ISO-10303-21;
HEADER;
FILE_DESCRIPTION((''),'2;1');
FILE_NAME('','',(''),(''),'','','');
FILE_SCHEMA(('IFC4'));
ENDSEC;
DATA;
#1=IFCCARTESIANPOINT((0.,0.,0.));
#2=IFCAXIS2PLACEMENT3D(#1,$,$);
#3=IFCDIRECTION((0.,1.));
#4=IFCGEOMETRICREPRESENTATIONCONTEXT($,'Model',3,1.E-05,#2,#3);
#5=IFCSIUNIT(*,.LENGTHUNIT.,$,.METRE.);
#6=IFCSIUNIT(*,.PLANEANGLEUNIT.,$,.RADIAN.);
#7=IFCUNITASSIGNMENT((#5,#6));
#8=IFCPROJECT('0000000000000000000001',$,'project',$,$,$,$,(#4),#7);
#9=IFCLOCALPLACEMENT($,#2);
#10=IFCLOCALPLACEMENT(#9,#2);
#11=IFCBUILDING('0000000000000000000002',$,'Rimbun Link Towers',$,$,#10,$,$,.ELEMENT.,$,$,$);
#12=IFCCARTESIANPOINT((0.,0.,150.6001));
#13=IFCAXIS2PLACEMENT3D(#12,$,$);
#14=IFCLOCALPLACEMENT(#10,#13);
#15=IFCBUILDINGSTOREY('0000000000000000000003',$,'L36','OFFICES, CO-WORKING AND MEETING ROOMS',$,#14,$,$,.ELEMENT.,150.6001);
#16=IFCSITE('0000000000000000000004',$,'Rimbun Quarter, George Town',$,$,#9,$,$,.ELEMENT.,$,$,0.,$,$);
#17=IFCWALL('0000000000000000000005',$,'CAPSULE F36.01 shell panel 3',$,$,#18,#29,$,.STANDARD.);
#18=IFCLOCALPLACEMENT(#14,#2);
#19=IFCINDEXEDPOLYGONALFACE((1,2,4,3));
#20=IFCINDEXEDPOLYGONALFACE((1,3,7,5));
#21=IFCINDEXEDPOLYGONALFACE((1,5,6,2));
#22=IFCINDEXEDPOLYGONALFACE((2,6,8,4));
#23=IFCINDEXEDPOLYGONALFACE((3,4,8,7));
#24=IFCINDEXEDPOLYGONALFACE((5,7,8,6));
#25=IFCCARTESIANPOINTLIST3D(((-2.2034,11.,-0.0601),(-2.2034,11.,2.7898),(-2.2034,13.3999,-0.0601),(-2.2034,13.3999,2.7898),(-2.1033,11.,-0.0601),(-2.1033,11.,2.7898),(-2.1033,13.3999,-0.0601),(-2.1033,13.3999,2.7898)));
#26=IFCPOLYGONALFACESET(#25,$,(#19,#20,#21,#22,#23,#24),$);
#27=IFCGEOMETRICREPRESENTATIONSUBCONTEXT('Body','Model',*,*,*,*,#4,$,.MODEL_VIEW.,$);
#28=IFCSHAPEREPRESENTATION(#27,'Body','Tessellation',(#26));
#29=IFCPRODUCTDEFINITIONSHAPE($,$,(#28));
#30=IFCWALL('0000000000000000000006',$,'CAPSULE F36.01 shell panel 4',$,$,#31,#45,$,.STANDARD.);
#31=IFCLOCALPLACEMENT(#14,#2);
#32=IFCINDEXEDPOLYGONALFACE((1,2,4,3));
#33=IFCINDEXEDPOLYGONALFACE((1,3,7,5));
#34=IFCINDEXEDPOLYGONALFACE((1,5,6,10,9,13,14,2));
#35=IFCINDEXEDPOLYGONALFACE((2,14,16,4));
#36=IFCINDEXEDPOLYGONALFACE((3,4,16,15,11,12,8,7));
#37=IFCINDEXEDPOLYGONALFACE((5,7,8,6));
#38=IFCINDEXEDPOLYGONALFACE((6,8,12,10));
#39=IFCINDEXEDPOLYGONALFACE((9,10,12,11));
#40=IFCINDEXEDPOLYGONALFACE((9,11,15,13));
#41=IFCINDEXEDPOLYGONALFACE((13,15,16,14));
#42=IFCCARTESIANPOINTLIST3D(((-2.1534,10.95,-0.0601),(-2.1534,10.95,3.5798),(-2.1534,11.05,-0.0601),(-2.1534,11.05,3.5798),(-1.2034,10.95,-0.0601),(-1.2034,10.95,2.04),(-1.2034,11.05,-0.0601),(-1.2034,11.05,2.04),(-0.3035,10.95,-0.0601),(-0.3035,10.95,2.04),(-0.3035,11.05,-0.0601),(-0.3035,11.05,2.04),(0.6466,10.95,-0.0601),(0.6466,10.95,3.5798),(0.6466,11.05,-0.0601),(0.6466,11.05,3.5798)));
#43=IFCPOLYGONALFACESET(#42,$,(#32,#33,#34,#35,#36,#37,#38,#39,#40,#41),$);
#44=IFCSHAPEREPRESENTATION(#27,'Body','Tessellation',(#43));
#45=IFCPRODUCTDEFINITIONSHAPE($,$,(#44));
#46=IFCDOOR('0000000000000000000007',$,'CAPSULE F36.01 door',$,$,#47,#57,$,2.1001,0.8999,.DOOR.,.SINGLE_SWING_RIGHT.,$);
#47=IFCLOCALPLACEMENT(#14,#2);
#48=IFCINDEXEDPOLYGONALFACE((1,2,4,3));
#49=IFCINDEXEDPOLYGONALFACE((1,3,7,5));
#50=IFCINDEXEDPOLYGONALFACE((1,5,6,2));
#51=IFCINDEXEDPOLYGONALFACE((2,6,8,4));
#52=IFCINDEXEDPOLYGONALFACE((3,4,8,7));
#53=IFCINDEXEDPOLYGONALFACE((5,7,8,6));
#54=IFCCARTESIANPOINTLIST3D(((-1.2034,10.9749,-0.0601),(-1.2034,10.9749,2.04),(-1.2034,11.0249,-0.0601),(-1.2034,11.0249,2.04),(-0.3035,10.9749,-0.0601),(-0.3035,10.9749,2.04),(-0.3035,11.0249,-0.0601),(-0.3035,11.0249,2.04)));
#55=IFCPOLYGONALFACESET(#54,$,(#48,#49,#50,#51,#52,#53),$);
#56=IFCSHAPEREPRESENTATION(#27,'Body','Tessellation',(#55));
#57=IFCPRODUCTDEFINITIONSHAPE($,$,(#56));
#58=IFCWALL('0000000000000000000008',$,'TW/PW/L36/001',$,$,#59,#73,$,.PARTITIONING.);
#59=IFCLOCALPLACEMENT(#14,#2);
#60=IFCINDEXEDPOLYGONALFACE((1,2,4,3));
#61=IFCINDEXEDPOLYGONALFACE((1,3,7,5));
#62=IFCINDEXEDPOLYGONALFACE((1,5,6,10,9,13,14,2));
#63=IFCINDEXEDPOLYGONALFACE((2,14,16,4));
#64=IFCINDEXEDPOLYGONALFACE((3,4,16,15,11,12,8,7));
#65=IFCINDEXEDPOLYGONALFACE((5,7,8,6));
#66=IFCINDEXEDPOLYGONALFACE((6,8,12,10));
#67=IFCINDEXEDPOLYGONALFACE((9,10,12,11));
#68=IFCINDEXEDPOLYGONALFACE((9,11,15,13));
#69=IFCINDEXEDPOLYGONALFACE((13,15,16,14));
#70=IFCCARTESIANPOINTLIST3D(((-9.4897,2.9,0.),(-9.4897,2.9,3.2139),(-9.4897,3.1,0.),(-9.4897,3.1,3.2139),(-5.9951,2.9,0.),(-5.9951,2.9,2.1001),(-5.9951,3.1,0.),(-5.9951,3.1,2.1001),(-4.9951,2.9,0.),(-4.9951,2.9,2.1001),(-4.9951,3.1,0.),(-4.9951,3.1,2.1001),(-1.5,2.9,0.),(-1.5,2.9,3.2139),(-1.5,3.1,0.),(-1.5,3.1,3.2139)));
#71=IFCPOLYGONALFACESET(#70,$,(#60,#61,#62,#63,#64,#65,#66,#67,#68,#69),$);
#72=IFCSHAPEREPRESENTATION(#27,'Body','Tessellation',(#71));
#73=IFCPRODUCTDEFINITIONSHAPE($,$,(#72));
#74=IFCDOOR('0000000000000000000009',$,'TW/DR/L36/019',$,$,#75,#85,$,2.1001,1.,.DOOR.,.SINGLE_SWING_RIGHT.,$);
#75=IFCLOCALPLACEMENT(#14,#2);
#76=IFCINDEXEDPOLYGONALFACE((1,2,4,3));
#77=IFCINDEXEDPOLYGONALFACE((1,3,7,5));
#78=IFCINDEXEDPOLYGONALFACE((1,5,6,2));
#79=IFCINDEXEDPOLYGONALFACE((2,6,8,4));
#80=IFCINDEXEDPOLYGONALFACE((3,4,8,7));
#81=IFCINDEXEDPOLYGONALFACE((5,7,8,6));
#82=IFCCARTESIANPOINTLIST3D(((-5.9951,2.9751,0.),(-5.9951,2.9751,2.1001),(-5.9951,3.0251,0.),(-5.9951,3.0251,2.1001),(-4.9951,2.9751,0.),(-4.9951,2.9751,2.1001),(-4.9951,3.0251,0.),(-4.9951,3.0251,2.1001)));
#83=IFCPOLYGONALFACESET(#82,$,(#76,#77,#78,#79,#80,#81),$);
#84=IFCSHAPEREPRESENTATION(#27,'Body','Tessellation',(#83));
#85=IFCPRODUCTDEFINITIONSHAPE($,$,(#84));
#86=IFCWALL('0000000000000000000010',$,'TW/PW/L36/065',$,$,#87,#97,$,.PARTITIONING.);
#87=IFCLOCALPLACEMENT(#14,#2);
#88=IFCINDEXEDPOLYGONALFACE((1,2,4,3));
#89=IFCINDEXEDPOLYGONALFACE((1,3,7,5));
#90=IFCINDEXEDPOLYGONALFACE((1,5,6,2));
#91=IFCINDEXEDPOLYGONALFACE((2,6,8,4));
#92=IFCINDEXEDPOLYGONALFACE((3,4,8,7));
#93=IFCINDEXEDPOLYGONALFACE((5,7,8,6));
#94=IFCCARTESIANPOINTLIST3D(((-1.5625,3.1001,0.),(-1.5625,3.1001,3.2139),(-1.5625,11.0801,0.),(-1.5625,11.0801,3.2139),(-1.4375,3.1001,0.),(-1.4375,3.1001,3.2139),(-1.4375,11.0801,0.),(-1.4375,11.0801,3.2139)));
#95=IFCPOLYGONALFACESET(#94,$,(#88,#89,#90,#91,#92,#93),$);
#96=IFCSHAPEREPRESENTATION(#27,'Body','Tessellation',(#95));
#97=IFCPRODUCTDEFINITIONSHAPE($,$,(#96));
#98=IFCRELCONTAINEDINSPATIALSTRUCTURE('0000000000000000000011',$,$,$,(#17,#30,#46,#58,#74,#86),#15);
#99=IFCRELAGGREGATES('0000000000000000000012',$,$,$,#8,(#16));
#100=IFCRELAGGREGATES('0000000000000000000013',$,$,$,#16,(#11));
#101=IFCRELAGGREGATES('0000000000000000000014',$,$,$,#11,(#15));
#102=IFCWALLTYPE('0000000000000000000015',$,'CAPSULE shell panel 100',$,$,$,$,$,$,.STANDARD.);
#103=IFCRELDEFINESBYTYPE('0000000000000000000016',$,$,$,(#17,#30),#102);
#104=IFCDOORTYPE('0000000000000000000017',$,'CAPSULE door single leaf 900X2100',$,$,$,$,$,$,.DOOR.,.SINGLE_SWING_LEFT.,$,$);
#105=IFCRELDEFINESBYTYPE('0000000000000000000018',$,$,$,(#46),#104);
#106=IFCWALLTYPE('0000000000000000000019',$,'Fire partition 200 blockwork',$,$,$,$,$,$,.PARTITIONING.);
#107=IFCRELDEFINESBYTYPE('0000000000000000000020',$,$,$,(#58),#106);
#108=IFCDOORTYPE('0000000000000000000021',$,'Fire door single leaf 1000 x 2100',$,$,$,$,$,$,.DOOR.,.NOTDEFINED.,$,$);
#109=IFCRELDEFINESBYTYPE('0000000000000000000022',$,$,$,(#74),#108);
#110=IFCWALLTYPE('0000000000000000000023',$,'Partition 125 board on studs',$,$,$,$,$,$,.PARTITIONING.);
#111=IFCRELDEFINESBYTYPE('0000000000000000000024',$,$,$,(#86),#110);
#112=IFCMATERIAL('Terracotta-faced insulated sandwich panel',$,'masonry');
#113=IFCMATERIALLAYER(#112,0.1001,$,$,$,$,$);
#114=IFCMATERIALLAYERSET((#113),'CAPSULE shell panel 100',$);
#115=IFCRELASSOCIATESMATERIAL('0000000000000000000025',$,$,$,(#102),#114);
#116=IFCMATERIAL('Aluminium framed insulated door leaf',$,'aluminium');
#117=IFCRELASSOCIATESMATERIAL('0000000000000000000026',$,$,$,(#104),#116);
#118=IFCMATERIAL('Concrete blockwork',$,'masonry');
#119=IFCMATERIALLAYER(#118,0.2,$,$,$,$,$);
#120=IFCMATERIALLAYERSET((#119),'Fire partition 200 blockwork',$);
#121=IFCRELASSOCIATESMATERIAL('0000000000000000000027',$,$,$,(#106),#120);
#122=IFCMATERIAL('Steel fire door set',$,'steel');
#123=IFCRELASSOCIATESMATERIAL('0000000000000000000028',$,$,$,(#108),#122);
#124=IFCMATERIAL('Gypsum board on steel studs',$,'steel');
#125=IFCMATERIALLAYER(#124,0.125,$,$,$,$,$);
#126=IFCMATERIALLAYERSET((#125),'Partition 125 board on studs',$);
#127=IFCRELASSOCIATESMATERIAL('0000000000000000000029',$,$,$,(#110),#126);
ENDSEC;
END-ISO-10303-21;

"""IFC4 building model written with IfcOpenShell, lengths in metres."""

from ifc_helpers import new_model, si_unit, direction, frame, frame_2d, origin, place, context, subcontext, project, spatial, rectangle, extrude, material, layer, layer_set, type_object, element, fill, save


model = new_model("IFC4")

# Units and contexts
model_context = context("Model", 3, precision=1e-05, world=origin(), true_north=direction((0.0, 1.0)))
body_context = subcontext(model_context, "Body", "Model", "MODEL_VIEW")
ifc_project = project(units=[si_unit("LENGTHUNIT", "METRE"), si_unit("PLANEANGLEUNIT", "RADIAN")], contexts=[model_context])

# Site, building, storey
site_placement = place(None, origin())
site = spatial("IfcSite", under=ifc_project, at=site_placement, Name="Rimbun Quarter, George Town", CompositionType="ELEMENT", RefElevation=0.0)
building_placement = place(site_placement, origin())
building = spatial("IfcBuilding", under=site, at=building_placement, Name="Rimbun Link Towers", CompositionType="ELEMENT")
storey_placement = place(building_placement, frame((0.0, 0.0, 150.6001)))
storey = spatial("IfcBuildingStorey", under=building, at=storey_placement, Name="L36", Description="OFFICES, CO-WORKING AND MEETING ROOMS", CompositionType="ELEMENT", Elevation=150.6001)

# Wall
ifc_material_1 = material(Name="Terracotta-faced insulated sandwich panel", Category="masonry")
ifc_layer_1 = layer(ifc_material_1, 0.1001)
ifc_layer_set_1 = layer_set([ifc_layer_1], Name="CAPSULE shell panel 100")
wall_type_1 = type_object("IfcWallType", Name="CAPSULE shell panel 100", PredefinedType="STANDARD", material=ifc_layer_set_1)
wall_1_placement = place(storey_placement, frame((-2.1533, 13.3999, -0.0601), z_axis=(0.0, 0.0, 1.0), x_axis=(0.0, -1.0, 0.0)))
element("IfcWall", 1, at=wall_1_placement, inside=storey, type_object=wall_type_1, Name="CAPSULE F36.01 shell panel 3", PredefinedType="STANDARD", context=body_context, shape_type="SweptSolid", body=[
    extrude(rectangle(XDim=2.3999, YDim=0.1001, at=frame_2d((1.2, 0.0))), origin(), (0.0, 0.0, 1.0), 2.8499),
])

# Walls, openings, doors
wall_2_placement = place(storey_placement, frame((-2.1533, 11.0, -0.0601), z_axis=(0.0, 0.0, 1.0), x_axis=(1.0, 0.0, 0.0)))
wall_2 = element("IfcWall", 2, at=wall_2_placement, inside=storey, type_object=wall_type_1, Name="CAPSULE F36.01 shell panel 4", PredefinedType="STANDARD", context=body_context, shape_type="SweptSolid", body=[
    extrude(rectangle(XDim=2.8, YDim=0.1001, at=frame_2d((1.3999, 0.0))), origin(), (0.0, 0.0, 1.0), 3.6399),
])
opening_1_placement = place(wall_2_placement, frame((0.95, 0.0, 0.0)))
opening_1 = element("IfcOpeningElement", 3, at=opening_1_placement, cuts=wall_2, PredefinedType="OPENING", context=body_context, shape_type="SweptSolid", body=[
    extrude(rectangle(XDim=0.8999, YDim=2.1001, at=frame_2d((0.45, 1.05))), frame((0.0, 0.0601, 0.0), z_axis=(0.0, -1.0, 0.0), x_axis=(1.0, 0.0, 0.0)), (0.0, 0.0, 1.0), 0.1201),
])
ifc_material_2 = material(Name="Aluminium framed insulated door leaf", Category="aluminium")
door_type_1 = type_object("IfcDoorType", Name="CAPSULE door single leaf 900X2100", OperationType="SINGLE_SWING_LEFT", PredefinedType="DOOR", material=ifc_material_2)
door_1_placement = place(opening_1_placement, origin())
door_1 = element("IfcDoor", 4, at=door_1_placement, inside=storey, type_object=door_type_1, Name="CAPSULE F36.01 door", OperationType="SINGLE_SWING_RIGHT", OverallHeight=2.1001, OverallWidth=0.8999, PredefinedType="DOOR", context=body_context, shape_type="SweptSolid", body=[
    extrude(rectangle(XDim=0.8999, YDim=2.1001, at=frame_2d((0.45, 1.05))), frame((0.0, 0.0249, 0.0), z_axis=(0.0, -1.0, 0.0), x_axis=(1.0, 0.0, 0.0)), (0.0, 0.0, 1.0), 0.05),
])
fill(opening_1, door_1)
ifc_material_3 = material(Name="Concrete blockwork", Category="masonry")
ifc_layer_2 = layer(ifc_material_3, 0.2)
ifc_layer_set_2 = layer_set([ifc_layer_2], Name="Fire partition 200 blockwork")
wall_type_2 = type_object("IfcWallType", Name="Fire partition 200 blockwork", PredefinedType="PARTITIONING", material=ifc_layer_set_2)
wall_3_placement = place(storey_placement, frame((-1.5, 3.0, 0.0), z_axis=(0.0, 0.0, 1.0), x_axis=(-1.0, 0.0, 0.0)))
wall_3 = element("IfcWall", 5, at=wall_3_placement, inside=storey, type_object=wall_type_2, Name="TW/PW/L36/001", PredefinedType="PARTITIONING", context=body_context, shape_type="SweptSolid", body=[
    extrude(rectangle(XDim=7.9897, YDim=0.2, at=frame_2d((3.9949, 0.0))), origin(), (0.0, 0.0, 1.0), 3.2139),
])
opening_2_placement = place(wall_3_placement, frame((3.4951, 0.0, 0.0)))
opening_2 = element("IfcOpeningElement", 6, at=opening_2_placement, cuts=wall_3, PredefinedType="OPENING", context=body_context, shape_type="SweptSolid", body=[
    extrude(rectangle(XDim=1.0, YDim=2.1001, at=frame_2d((0.5, 1.05))), frame((0.0, 0.1099, 0.0), z_axis=(0.0, -1.0, 0.0), x_axis=(1.0, 0.0, 0.0)), (0.0, 0.0, 1.0), 0.22),
])
ifc_material_4 = material(Name="Steel fire door set", Category="steel")
door_type_2 = type_object("IfcDoorType", Name="Fire door single leaf 1000 x 2100", OperationType="NOTDEFINED", PredefinedType="DOOR", material=ifc_material_4)
door_2_placement = place(opening_2_placement, origin())
door_2 = element("IfcDoor", 7, at=door_2_placement, inside=storey, type_object=door_type_2, Name="TW/DR/L36/019", OperationType="SINGLE_SWING_RIGHT", OverallHeight=2.1001, OverallWidth=1.0, PredefinedType="DOOR", context=body_context, shape_type="SweptSolid", body=[
    extrude(rectangle(XDim=1.0, YDim=2.1001, at=frame_2d((0.5, 1.05))), frame((0.0, 0.0249, 0.0), z_axis=(0.0, -1.0, 0.0), x_axis=(1.0, 0.0, 0.0)), (0.0, 0.0, 1.0), 0.05),
])
fill(opening_2, door_2)

# Wall
ifc_material_5 = material(Name="Gypsum board on steel studs", Category="steel")
ifc_layer_3 = layer(ifc_material_5, 0.125)
ifc_layer_set_3 = layer_set([ifc_layer_3], Name="Partition 125 board on studs")
wall_type_3 = type_object("IfcWallType", Name="Partition 125 board on studs", PredefinedType="PARTITIONING", material=ifc_layer_set_3)
wall_4_placement = place(storey_placement, frame((-1.5, 3.1001, 0.0), z_axis=(0.0, 0.0, 1.0), x_axis=(0.0, 1.0, 0.0)))
element("IfcWall", 8, at=wall_4_placement, inside=storey, type_object=wall_type_3, Name="TW/PW/L36/065", PredefinedType="PARTITIONING", context=body_context, shape_type="SweptSolid", body=[
    extrude(rectangle(XDim=7.98, YDim=0.125, at=frame_2d((3.99, 0.0))), origin(), (0.0, 0.0, 1.0), 3.2139),
])

save(model, "model.ifc")
